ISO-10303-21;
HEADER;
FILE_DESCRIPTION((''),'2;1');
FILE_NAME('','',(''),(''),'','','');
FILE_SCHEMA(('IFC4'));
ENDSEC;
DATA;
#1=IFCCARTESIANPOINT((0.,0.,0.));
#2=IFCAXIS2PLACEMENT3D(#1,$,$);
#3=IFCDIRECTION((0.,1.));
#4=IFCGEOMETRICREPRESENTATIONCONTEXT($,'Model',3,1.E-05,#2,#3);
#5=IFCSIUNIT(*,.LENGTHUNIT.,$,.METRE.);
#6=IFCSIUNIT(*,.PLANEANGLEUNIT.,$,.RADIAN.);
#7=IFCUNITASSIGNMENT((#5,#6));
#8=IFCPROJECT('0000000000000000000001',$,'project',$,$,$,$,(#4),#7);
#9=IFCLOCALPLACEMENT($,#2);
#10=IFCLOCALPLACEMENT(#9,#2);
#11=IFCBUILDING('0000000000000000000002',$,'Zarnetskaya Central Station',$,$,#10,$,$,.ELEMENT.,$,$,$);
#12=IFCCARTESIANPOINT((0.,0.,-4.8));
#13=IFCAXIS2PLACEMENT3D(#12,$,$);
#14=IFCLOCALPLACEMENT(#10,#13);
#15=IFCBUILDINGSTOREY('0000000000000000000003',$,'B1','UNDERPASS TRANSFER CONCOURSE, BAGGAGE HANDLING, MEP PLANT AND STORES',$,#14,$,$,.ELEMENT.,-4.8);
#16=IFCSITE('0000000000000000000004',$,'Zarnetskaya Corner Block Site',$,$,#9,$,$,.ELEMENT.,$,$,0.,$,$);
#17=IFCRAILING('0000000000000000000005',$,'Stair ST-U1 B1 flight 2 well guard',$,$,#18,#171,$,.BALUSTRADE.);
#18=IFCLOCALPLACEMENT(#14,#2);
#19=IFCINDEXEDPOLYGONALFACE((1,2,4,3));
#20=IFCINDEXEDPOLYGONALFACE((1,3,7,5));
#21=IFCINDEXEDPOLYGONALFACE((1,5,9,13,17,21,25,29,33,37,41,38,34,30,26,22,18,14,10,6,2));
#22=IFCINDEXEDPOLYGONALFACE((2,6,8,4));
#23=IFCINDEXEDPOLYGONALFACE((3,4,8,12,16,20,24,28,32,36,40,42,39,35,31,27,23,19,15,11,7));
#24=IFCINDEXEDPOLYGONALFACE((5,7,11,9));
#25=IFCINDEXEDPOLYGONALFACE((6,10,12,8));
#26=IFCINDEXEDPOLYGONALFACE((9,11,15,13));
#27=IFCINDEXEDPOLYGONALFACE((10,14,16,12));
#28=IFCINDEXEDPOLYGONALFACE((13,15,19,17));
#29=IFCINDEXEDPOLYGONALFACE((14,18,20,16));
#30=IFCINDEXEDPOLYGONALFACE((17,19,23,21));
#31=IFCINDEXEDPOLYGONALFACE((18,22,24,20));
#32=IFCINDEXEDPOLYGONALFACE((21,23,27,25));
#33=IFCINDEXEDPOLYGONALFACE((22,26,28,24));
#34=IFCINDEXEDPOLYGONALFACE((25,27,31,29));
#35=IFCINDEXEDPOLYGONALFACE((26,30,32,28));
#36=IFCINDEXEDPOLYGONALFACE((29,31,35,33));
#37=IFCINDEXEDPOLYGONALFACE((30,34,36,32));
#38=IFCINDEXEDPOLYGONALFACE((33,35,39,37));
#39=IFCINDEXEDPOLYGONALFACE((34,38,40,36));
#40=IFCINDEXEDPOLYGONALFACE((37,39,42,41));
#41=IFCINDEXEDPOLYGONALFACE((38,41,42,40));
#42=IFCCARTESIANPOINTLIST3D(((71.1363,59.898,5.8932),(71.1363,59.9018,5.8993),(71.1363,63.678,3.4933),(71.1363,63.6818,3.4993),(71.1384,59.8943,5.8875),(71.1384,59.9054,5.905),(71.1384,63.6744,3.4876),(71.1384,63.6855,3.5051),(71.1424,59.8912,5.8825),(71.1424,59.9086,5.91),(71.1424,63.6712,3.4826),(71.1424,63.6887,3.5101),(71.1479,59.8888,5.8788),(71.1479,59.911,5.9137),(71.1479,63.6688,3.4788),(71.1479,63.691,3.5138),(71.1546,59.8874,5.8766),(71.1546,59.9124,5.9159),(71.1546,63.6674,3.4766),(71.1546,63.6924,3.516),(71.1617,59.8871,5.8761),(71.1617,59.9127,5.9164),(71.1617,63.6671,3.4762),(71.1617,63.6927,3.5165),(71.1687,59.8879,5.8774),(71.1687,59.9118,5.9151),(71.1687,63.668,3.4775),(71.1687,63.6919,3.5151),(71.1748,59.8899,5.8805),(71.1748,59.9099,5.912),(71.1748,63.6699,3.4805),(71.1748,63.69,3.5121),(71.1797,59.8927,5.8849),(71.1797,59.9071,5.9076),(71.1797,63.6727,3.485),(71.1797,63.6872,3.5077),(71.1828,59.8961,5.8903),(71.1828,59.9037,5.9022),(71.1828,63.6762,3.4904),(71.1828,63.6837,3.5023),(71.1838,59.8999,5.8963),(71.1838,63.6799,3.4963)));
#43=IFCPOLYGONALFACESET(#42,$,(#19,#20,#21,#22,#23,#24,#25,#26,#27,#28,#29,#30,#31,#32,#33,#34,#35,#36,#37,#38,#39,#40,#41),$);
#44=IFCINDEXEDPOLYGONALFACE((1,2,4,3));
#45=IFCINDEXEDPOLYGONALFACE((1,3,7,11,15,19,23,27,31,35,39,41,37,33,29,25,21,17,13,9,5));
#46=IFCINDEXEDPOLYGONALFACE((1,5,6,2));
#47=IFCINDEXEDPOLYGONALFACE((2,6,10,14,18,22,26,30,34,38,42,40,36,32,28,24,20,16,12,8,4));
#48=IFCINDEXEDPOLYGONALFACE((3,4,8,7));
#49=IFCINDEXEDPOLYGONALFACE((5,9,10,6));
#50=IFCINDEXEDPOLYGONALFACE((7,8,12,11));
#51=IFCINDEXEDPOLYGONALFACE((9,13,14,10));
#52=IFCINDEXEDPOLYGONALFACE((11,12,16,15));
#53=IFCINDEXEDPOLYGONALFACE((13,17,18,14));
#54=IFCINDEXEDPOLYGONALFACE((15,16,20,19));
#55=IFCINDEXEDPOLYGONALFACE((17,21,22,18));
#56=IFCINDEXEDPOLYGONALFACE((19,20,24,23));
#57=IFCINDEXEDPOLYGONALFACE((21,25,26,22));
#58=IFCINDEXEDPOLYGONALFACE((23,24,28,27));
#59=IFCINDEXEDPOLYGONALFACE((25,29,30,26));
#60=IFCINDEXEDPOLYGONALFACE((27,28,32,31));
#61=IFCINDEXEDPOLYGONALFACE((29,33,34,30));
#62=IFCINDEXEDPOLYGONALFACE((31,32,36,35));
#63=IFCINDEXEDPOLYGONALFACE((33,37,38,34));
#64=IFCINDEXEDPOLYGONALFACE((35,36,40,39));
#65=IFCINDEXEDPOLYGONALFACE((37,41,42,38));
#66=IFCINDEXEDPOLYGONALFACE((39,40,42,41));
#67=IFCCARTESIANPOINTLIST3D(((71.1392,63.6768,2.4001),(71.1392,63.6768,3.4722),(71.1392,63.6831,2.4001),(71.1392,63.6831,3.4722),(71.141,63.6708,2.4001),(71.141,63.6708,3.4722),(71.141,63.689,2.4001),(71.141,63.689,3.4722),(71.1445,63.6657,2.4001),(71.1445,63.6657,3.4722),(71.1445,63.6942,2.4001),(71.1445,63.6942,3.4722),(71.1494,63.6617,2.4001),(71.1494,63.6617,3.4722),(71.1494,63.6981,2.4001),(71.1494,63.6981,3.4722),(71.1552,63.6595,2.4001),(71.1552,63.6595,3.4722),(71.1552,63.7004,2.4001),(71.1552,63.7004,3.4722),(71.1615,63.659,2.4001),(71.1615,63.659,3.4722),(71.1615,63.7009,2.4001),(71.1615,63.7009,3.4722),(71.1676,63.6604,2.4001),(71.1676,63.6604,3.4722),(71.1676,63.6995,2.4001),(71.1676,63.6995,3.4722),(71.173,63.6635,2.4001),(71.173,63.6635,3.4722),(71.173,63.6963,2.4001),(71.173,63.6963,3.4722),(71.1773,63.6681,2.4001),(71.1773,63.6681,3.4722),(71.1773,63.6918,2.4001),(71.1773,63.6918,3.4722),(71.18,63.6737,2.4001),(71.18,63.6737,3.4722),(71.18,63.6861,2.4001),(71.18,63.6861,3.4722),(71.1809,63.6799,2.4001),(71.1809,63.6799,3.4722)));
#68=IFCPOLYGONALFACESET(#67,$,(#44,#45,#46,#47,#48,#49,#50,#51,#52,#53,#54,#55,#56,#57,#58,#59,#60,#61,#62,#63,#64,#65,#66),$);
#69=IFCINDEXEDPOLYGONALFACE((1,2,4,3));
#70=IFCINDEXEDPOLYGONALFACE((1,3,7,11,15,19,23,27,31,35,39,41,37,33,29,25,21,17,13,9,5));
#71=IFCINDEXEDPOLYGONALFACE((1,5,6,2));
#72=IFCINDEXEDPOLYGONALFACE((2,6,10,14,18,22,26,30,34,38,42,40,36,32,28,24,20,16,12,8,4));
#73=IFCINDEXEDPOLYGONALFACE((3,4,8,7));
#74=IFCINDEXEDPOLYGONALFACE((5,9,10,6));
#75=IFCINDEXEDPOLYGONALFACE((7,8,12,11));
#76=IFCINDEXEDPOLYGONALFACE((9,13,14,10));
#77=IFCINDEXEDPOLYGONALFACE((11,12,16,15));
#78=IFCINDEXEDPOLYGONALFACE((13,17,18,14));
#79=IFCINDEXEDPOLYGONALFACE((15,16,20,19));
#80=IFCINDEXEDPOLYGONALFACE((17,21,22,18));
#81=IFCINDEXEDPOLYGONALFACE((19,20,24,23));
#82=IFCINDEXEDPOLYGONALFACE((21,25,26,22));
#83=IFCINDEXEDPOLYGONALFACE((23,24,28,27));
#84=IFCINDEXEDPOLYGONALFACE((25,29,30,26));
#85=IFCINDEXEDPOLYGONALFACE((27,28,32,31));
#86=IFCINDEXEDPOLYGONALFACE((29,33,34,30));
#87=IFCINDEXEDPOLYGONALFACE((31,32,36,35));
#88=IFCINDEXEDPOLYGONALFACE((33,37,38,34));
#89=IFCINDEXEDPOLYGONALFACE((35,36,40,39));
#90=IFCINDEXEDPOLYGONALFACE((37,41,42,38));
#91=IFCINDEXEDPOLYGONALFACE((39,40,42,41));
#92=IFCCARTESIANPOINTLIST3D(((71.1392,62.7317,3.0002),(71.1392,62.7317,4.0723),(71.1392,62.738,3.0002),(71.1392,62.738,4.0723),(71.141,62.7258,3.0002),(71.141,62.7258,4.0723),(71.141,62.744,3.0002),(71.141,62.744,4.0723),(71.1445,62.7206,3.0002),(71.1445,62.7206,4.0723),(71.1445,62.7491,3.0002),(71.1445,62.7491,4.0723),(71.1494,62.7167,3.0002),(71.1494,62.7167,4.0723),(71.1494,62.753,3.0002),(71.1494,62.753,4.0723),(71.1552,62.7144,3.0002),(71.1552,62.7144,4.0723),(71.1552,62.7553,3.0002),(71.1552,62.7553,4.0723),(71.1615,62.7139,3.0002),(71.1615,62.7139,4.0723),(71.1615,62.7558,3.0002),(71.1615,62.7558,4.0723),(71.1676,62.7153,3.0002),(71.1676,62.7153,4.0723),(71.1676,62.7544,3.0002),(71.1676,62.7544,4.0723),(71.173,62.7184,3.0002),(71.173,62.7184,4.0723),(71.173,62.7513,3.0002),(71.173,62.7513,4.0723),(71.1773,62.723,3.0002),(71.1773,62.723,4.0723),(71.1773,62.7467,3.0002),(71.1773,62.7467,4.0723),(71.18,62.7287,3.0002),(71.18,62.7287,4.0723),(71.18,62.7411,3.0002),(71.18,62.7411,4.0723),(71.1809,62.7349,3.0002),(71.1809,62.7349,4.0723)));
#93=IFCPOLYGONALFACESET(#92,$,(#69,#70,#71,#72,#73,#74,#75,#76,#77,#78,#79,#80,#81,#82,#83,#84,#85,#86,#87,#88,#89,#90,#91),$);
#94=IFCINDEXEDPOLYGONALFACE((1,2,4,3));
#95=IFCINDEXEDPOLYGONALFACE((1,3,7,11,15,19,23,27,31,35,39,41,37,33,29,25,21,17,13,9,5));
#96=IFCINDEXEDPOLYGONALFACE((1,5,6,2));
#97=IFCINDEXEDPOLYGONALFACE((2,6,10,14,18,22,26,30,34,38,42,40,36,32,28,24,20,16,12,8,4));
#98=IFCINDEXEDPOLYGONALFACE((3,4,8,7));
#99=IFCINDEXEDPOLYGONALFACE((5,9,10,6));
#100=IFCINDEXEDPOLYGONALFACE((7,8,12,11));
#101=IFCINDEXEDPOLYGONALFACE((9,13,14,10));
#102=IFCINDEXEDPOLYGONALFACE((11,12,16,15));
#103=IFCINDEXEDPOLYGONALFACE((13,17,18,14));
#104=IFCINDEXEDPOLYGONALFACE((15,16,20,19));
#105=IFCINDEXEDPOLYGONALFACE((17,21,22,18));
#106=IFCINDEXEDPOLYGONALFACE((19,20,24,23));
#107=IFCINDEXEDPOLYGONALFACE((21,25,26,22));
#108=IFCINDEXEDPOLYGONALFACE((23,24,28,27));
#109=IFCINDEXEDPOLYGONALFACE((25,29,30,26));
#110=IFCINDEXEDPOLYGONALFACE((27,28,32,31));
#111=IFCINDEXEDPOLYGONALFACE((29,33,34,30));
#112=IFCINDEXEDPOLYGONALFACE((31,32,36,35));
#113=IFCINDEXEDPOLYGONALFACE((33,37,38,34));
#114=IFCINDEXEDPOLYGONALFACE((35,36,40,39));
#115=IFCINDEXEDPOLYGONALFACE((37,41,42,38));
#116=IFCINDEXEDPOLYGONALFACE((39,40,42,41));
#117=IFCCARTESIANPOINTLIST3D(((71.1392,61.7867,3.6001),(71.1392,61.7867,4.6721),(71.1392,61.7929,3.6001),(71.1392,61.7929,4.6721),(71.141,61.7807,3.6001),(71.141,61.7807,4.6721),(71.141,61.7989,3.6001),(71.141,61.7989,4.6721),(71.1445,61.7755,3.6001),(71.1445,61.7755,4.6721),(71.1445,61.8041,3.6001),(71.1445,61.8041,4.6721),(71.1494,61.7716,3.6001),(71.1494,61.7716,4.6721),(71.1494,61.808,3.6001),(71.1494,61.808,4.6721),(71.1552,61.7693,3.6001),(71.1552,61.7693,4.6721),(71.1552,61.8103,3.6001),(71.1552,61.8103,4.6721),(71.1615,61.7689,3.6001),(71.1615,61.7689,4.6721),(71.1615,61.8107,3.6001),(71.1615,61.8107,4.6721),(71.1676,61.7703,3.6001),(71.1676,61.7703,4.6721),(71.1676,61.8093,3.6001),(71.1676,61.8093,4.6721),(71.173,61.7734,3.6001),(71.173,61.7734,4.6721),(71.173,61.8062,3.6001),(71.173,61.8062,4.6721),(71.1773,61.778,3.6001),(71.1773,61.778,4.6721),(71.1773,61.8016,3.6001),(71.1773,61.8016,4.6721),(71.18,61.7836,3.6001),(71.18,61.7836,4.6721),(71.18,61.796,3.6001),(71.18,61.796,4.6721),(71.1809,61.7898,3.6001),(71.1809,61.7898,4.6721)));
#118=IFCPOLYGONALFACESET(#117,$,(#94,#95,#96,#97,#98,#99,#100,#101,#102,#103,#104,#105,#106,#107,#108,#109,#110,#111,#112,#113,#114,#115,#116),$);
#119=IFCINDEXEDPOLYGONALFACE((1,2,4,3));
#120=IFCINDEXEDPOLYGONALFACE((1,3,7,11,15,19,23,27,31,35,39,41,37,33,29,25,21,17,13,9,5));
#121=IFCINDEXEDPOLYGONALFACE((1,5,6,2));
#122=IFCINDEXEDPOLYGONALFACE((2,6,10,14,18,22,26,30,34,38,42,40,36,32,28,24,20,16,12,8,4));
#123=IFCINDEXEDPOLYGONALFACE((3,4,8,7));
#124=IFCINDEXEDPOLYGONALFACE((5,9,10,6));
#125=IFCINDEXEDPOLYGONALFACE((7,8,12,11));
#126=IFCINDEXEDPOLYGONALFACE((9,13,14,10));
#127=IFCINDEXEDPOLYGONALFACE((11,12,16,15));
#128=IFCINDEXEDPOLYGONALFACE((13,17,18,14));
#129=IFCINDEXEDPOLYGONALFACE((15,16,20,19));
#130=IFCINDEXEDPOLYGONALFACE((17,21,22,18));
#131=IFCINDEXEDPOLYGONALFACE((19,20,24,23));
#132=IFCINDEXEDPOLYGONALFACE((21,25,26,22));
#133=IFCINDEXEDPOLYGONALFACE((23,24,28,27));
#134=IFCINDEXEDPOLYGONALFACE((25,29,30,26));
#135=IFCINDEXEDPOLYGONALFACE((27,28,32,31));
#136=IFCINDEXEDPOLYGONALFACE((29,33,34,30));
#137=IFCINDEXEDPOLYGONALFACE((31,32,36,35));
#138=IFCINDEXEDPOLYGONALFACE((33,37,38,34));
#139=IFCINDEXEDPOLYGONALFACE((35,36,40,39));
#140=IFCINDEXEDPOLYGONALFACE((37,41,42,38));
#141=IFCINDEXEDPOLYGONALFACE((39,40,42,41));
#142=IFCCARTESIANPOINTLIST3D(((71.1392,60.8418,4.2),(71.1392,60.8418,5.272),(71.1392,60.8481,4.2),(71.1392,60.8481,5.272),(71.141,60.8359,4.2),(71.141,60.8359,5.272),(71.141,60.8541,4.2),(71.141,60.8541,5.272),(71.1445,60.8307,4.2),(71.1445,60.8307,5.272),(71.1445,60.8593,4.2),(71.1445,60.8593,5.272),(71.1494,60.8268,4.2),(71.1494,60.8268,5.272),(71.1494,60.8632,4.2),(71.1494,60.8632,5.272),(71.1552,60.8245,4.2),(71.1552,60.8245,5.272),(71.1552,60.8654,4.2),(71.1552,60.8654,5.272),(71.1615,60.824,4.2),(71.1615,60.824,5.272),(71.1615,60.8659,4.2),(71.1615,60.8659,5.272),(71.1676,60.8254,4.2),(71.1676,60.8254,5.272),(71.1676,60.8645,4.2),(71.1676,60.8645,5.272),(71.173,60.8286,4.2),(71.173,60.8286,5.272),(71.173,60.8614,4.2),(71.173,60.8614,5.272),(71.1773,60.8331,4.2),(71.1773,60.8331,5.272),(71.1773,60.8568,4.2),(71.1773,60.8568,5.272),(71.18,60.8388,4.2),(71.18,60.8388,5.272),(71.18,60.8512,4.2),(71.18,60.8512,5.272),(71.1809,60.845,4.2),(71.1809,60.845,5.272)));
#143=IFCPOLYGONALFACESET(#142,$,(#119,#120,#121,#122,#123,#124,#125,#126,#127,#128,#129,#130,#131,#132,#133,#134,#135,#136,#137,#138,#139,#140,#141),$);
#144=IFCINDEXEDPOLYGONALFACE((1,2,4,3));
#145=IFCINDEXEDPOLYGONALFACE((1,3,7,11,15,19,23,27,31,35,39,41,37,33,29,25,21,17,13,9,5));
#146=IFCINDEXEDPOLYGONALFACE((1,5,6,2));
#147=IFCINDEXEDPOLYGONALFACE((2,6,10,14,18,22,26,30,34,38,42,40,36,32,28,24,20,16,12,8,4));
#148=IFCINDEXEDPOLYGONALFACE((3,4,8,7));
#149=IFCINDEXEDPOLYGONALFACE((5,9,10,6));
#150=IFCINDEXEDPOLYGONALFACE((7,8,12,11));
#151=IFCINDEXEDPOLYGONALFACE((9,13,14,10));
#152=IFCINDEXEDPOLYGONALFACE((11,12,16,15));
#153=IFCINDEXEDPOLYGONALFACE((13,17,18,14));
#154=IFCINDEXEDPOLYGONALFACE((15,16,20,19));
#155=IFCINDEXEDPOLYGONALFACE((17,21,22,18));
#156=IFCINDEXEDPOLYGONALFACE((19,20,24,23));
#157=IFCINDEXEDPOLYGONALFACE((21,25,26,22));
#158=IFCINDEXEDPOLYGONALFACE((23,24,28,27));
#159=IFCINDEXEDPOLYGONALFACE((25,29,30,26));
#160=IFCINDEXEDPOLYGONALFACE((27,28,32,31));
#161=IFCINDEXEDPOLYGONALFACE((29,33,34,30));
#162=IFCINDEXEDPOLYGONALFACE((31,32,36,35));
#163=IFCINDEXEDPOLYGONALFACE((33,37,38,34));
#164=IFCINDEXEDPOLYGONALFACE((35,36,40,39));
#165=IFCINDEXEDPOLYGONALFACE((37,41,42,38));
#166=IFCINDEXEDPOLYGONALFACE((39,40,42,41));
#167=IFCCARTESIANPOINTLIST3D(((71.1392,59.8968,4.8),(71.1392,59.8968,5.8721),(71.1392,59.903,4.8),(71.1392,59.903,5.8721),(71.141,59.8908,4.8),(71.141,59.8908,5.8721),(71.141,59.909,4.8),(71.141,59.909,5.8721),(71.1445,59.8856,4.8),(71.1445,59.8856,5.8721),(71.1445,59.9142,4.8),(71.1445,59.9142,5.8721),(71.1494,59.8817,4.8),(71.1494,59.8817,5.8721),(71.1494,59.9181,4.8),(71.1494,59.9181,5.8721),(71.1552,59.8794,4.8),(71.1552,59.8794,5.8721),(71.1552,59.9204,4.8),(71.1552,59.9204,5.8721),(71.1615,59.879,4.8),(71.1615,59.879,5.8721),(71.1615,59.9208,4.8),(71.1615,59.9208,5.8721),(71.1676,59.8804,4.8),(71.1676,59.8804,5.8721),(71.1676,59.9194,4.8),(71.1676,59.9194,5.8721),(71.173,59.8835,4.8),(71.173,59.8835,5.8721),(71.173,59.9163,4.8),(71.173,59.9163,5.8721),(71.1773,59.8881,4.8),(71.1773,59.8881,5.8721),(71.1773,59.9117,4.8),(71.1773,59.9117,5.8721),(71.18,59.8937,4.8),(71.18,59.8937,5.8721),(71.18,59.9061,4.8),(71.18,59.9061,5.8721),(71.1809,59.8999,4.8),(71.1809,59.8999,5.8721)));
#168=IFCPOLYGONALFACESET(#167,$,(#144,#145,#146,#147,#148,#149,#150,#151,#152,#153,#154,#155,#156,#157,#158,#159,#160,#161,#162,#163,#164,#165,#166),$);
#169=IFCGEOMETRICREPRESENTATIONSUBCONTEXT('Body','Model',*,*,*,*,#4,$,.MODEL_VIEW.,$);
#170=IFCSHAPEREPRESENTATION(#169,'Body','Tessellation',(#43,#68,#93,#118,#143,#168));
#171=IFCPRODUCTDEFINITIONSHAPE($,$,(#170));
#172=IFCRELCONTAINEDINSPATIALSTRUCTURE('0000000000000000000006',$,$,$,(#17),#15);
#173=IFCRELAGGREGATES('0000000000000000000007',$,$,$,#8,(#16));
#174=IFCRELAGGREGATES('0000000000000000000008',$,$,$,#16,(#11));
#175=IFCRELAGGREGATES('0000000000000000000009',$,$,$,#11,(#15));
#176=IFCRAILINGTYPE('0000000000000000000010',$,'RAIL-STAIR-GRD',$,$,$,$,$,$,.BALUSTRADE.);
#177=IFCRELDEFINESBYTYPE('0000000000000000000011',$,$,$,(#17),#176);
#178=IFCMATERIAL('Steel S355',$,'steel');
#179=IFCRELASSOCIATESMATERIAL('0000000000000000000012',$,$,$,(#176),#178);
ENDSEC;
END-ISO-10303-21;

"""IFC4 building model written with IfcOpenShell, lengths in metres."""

from ifc_helpers import new_model, si_unit, direction, frame, origin, origin_2d, place, context, subcontext, project, spatial, circle, extrude, material, type_object, element, save


model = new_model("IFC4")

# Units and contexts
model_context = context("Model", 3, precision=1e-05, world=origin(), true_north=direction((0.0, 1.0)))
body_context = subcontext(model_context, "Body", "Model", "MODEL_VIEW")
ifc_project = project(units=[si_unit("LENGTHUNIT", "METRE"), si_unit("PLANEANGLEUNIT", "RADIAN")], contexts=[model_context])

# Site, building, storey
site_placement = place(None, origin())
site = spatial("IfcSite", under=ifc_project, at=site_placement, Name="Zarnetskaya Corner Block Site", CompositionType="ELEMENT", RefElevation=0.0)
building_placement = place(site_placement, origin())
building = spatial("IfcBuilding", under=site, at=building_placement, Name="Zarnetskaya Central Station", CompositionType="ELEMENT")
storey_placement = place(building_placement, frame((0.0, 0.0, -4.8)))
storey = spatial("IfcBuildingStorey", under=building, at=storey_placement, Name="B1", Description="UNDERPASS TRANSFER CONCOURSE, BAGGAGE HANDLING, MEP PLANT AND STORES", CompositionType="ELEMENT", Elevation=-4.8)

# Railing
ifc_material_1 = material(Name="Steel S355", Category="steel")
railing_type_1 = type_object("IfcRailingType", Name="RAIL-STAIR-GRD", PredefinedType="BALUSTRADE", material=ifc_material_1)
railing_1_placement = place(storey_placement, frame((71.1599, 63.6799, 2.4001)))
element("IfcRailing", 1, at=railing_1_placement, inside=storey, type_object=railing_type_1, Name="Stair ST-U1 B1 flight 2 well guard", PredefinedType="BALUSTRADE", context=body_context, shape_type="SweptSolid", body=[
    extrude(circle(Radius=0.0239, at=origin_2d()), frame((0.0, 0.0, 1.0962), z_axis=(0.0, -0.844225, 0.53599), x_axis=(1.0, 0.0, 0.0)), (0.0, 0.0, 1.0), 4.4775),
    extrude(circle(Radius=0.021, at=origin_2d()), origin(), (0.0, 0.0, 1.0), 1.072),
    extrude(circle(Radius=0.021, at=origin_2d()), frame((0.0, -0.9451, 0.6001)), (0.0, 0.0, 1.0), 1.072),
    extrude(circle(Radius=0.021, at=origin_2d()), frame((0.0, -1.8901, 1.2)), (0.0, 0.0, 1.0), 1.072),
    extrude(circle(Radius=0.021, at=origin_2d()), frame((0.0, -2.835, 1.7998)), (0.0, 0.0, 1.0), 1.072),
    extrude(circle(Radius=0.021, at=origin_2d()), frame((0.0, -3.78, 2.3999)), (0.0, 0.0, 1.0), 1.072),
])

save(model, "model.ifc")
